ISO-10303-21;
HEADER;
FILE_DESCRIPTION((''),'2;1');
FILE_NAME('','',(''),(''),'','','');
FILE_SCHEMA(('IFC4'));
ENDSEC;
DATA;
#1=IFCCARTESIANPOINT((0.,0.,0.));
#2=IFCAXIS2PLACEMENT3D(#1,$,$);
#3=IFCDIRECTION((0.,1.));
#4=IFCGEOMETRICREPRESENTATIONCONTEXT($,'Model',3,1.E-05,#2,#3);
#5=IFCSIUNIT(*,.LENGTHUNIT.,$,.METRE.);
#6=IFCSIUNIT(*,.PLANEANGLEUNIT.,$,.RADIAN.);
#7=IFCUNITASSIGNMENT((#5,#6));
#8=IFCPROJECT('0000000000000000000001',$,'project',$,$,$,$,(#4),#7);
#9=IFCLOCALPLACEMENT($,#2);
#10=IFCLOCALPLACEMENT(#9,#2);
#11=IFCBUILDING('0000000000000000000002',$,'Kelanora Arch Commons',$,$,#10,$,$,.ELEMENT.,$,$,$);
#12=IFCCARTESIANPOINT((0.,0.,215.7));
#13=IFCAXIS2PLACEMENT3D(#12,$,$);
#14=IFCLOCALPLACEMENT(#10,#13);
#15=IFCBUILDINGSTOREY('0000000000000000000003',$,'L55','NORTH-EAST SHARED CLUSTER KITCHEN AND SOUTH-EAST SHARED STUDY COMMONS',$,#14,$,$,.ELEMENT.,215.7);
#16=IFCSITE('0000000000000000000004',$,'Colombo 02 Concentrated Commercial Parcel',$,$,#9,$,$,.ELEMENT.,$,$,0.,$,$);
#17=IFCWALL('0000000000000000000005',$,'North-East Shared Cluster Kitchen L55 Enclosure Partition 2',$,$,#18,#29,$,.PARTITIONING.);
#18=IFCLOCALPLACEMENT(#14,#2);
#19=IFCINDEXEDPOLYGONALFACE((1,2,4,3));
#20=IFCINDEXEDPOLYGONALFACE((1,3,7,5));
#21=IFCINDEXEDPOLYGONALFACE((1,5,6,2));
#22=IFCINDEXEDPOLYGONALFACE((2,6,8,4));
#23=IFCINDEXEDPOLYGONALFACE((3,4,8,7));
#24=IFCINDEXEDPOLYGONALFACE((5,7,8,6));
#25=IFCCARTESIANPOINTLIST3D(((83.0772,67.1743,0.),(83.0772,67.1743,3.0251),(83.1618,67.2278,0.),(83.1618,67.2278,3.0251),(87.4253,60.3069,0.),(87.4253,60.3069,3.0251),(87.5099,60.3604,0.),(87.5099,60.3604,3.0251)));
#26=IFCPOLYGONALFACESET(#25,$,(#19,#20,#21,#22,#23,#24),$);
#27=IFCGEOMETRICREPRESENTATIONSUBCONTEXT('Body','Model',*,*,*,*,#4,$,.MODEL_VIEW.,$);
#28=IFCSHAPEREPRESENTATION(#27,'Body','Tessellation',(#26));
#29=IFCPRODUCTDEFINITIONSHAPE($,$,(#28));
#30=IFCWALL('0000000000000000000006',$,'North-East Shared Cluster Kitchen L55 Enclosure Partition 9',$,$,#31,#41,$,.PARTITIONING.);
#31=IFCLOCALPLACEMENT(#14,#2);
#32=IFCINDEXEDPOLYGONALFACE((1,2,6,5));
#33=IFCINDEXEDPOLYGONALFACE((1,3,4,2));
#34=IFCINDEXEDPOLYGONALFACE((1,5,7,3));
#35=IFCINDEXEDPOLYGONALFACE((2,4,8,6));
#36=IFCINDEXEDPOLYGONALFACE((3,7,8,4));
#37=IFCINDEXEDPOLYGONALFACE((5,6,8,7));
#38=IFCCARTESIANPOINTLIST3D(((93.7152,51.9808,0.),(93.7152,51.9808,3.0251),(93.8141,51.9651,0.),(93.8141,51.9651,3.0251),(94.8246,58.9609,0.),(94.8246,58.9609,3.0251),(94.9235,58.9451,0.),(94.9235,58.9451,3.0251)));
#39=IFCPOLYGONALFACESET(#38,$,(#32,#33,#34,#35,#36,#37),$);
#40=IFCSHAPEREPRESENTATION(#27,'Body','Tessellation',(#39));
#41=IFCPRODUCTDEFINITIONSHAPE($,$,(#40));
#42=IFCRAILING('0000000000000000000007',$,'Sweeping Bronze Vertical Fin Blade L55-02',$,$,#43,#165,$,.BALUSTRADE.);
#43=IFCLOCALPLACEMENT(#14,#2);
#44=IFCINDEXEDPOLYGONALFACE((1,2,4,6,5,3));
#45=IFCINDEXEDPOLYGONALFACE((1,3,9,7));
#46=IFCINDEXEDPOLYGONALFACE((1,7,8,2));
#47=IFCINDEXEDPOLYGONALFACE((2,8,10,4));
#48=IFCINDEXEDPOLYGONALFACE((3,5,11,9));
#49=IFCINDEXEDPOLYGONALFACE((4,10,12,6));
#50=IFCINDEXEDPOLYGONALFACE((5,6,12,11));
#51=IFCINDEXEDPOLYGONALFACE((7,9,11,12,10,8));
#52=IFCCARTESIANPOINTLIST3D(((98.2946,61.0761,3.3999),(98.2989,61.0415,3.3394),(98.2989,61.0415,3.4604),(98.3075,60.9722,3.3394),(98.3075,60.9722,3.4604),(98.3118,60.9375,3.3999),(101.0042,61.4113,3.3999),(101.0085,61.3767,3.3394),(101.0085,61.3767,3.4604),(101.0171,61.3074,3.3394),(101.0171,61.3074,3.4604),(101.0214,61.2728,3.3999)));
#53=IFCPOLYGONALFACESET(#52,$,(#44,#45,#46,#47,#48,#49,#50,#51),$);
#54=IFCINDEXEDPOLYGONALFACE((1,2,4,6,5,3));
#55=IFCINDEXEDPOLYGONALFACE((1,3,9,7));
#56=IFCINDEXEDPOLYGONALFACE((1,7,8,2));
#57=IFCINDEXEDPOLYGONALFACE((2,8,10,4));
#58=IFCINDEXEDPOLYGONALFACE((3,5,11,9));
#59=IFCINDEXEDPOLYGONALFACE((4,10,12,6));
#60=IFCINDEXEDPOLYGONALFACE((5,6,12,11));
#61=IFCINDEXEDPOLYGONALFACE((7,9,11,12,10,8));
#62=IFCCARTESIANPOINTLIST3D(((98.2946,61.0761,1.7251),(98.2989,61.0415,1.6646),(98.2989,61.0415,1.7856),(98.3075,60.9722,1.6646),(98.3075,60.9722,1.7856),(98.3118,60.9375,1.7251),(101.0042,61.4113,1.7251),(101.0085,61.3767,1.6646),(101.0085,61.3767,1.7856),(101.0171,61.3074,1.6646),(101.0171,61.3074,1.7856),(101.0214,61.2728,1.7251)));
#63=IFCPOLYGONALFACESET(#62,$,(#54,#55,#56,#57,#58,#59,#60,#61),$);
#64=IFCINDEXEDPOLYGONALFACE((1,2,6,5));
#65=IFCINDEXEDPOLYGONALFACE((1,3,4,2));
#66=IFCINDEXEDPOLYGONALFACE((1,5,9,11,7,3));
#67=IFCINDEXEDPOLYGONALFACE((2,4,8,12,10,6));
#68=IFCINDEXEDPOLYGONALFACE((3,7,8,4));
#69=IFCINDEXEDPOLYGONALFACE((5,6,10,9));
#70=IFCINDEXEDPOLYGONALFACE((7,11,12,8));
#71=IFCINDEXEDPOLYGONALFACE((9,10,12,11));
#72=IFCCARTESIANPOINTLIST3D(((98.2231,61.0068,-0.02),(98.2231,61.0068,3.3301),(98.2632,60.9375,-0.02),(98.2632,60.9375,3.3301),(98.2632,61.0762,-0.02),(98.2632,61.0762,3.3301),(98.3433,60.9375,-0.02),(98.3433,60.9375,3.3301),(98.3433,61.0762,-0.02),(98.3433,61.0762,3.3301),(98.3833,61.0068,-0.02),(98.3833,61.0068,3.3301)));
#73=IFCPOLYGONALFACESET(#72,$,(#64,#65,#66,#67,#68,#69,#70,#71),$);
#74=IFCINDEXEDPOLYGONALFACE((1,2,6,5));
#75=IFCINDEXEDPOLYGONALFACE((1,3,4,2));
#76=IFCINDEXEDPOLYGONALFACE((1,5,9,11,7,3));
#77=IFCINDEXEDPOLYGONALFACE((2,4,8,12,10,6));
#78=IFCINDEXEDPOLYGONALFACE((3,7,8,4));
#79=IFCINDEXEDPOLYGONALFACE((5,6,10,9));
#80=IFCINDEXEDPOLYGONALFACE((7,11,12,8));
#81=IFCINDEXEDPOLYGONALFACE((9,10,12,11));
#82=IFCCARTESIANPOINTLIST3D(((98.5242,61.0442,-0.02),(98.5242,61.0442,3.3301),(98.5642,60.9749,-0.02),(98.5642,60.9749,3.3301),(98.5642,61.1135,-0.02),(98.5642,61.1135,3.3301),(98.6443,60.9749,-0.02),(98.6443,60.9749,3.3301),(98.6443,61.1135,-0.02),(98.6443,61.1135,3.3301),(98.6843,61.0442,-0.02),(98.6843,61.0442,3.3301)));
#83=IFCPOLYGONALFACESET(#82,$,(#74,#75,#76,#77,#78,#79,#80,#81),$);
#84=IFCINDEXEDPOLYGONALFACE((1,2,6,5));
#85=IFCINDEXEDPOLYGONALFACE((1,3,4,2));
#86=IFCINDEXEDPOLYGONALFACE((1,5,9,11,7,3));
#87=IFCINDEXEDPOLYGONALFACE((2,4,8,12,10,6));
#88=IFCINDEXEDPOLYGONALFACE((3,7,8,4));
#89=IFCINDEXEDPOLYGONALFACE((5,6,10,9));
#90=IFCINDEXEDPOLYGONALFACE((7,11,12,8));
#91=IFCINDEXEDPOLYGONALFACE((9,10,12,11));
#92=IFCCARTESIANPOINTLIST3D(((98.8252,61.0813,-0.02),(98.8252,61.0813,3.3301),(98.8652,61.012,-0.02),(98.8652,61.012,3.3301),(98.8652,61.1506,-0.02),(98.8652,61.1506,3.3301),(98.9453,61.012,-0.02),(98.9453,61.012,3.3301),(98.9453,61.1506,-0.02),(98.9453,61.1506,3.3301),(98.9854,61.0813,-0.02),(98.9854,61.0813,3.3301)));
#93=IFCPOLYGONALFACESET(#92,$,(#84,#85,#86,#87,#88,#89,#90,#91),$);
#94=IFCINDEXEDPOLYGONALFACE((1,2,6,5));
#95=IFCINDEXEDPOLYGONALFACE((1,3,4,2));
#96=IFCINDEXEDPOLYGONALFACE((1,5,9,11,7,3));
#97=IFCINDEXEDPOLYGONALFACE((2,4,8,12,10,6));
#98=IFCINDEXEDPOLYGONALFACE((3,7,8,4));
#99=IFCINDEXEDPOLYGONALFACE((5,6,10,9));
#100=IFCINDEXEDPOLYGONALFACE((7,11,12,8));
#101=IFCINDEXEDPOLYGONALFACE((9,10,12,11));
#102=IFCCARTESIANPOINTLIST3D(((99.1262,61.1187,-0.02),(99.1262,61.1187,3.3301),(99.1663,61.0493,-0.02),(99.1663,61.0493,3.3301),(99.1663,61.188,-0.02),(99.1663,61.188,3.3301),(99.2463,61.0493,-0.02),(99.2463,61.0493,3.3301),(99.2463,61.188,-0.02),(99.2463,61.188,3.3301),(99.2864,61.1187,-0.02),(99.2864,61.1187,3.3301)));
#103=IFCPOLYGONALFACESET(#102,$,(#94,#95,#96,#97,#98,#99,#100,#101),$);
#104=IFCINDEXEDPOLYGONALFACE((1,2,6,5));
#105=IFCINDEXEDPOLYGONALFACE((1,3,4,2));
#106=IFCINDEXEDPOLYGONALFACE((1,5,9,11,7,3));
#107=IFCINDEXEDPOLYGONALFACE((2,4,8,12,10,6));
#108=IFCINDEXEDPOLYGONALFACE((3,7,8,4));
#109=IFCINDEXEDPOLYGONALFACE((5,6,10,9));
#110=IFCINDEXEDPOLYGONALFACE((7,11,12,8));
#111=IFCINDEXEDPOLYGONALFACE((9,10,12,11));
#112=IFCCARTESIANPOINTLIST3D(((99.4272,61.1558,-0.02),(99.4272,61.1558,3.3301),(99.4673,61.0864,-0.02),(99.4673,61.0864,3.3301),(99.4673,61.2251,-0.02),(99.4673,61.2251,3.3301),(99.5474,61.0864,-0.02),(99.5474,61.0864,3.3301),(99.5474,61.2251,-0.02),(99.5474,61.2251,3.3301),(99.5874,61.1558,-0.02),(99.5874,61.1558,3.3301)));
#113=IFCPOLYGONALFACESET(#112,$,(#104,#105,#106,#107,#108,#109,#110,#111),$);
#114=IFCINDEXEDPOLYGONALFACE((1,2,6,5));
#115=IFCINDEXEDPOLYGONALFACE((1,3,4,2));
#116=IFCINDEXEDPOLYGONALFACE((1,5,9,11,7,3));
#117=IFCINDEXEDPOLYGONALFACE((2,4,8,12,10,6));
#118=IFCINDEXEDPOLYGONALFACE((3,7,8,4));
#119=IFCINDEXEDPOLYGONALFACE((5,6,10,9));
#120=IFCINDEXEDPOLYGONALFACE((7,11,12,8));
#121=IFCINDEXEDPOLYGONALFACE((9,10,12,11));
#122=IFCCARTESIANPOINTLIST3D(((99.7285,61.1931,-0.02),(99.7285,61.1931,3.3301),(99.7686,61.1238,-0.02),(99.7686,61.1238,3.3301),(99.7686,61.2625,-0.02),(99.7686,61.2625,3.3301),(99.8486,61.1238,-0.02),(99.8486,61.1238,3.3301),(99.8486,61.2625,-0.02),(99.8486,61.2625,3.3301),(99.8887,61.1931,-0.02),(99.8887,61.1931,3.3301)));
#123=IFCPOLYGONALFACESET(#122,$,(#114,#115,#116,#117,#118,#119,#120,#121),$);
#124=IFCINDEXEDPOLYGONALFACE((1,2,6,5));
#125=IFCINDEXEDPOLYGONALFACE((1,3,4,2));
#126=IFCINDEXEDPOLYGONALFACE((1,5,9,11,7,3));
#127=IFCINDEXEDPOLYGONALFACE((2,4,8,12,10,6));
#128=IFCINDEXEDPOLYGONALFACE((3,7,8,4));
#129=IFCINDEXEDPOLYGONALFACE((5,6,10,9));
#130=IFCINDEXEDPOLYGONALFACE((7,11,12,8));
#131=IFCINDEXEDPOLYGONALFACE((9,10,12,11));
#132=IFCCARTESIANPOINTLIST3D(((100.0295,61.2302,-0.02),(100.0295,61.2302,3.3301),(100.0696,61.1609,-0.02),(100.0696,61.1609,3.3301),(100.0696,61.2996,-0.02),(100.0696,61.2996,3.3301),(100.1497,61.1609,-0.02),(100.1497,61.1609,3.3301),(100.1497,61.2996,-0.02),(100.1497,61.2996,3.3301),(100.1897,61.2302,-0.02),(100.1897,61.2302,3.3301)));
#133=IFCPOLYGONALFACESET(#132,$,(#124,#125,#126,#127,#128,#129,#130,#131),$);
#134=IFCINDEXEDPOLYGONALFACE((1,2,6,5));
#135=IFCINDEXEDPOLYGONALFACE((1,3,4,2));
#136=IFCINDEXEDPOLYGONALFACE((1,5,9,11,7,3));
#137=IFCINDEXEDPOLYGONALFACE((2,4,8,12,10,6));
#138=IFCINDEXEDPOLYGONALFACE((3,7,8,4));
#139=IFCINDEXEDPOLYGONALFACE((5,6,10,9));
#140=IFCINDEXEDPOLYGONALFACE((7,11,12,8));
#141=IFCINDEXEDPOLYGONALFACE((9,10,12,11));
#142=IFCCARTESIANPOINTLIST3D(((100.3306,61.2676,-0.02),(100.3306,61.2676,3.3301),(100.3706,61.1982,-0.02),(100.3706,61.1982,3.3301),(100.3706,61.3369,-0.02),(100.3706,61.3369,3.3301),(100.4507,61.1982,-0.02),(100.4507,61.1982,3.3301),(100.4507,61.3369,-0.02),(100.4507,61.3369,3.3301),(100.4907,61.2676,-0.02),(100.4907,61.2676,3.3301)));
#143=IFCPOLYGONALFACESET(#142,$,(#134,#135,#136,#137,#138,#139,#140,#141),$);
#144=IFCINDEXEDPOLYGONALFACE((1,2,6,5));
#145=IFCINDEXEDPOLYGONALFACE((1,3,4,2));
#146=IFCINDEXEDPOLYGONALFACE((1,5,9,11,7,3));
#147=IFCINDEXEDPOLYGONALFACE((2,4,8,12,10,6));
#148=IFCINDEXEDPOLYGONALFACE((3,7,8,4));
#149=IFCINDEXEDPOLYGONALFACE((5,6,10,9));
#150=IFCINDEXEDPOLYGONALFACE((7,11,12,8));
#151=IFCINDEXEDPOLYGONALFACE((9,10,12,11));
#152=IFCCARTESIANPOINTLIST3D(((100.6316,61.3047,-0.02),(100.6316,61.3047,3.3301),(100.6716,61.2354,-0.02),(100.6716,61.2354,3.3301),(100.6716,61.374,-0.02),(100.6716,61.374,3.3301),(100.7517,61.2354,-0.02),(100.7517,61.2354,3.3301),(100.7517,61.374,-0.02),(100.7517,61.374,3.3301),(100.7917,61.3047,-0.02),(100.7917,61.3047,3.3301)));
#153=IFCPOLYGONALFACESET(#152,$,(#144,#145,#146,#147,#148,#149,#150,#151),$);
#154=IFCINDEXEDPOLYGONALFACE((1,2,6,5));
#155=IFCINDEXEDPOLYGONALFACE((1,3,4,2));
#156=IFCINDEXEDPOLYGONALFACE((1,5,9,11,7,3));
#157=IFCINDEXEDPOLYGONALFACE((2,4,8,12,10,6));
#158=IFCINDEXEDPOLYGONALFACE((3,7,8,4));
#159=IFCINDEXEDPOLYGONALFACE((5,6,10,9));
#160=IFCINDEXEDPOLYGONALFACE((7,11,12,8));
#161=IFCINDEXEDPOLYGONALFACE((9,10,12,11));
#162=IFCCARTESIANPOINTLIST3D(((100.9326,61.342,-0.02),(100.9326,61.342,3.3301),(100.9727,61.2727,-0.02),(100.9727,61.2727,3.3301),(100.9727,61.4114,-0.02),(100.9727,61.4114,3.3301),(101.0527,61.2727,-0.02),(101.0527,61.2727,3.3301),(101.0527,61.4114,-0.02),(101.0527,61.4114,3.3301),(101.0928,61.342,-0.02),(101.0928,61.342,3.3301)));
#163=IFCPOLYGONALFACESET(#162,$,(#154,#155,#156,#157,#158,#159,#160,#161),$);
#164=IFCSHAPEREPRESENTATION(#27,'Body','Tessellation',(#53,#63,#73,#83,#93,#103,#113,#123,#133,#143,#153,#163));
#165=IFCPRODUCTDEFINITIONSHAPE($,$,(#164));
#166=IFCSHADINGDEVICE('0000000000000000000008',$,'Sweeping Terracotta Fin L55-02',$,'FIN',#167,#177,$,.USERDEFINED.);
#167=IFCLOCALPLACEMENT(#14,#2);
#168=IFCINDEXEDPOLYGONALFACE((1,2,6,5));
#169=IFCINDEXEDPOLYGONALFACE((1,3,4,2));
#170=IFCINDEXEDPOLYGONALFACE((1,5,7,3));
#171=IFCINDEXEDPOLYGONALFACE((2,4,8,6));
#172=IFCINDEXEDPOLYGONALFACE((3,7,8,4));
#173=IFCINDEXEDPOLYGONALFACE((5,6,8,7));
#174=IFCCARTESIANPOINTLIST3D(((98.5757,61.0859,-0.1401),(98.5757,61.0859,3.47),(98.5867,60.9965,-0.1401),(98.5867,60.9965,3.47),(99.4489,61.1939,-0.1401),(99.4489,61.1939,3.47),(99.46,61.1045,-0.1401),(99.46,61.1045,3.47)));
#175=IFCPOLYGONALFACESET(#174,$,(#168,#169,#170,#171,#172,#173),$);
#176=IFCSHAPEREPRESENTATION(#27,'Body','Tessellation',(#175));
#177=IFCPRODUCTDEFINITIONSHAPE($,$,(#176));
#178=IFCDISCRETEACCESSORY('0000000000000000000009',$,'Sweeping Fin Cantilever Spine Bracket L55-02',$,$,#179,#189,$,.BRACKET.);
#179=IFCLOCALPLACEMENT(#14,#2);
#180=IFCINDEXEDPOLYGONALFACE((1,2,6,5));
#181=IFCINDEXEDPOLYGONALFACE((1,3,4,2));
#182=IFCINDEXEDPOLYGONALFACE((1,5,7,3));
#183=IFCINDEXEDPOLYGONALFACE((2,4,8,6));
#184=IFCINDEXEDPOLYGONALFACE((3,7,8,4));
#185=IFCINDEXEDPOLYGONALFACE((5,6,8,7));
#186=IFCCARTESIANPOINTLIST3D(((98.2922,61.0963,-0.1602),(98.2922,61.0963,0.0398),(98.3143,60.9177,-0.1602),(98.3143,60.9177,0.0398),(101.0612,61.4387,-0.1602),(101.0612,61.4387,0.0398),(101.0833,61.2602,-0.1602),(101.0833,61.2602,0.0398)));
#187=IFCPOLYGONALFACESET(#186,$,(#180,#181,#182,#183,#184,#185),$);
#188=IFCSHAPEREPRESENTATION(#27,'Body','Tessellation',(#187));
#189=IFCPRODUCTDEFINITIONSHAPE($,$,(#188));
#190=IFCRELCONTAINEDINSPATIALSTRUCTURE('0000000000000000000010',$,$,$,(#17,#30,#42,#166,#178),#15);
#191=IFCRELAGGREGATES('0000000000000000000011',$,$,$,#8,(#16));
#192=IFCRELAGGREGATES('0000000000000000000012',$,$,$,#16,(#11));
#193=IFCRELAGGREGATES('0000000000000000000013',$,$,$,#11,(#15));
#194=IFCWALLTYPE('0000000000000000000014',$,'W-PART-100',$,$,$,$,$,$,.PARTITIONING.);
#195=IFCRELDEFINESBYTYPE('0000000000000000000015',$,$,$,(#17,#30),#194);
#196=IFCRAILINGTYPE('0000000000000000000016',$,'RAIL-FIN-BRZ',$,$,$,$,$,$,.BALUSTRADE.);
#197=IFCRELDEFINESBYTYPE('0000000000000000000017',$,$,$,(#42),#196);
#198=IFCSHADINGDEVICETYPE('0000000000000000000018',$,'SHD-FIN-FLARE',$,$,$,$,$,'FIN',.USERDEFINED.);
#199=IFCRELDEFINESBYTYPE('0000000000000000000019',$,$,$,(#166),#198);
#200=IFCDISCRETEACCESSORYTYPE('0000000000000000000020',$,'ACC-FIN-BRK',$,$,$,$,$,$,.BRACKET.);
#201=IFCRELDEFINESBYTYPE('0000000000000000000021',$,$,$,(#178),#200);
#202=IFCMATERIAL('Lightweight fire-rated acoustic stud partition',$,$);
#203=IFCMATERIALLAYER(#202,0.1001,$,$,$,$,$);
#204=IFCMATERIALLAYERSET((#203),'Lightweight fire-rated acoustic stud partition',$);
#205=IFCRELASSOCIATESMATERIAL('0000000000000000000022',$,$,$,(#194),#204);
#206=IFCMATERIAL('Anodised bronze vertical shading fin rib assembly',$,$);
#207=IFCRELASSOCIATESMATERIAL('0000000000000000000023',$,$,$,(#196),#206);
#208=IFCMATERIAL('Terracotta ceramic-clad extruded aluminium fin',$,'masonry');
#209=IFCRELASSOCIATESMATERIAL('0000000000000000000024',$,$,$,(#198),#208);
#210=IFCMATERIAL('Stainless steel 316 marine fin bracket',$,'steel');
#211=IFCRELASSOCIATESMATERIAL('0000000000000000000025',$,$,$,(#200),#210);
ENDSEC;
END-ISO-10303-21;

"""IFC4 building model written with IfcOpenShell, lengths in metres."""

from ifc_helpers import new_model, si_unit, direction, frame, frame_2d, origin, origin_2d, place, context, subcontext, project, spatial, polyline, rectangle, outline, extrude, source, transform, mapped, material, layer, layer_set, type_object, element, save


model = new_model("IFC4")

# Units and contexts
model_context = context("Model", 3, precision=1e-05, world=origin(), true_north=direction((0.0, 1.0)))
body_context = subcontext(model_context, "Body", "Model", "MODEL_VIEW")
ifc_project = project(units=[si_unit("LENGTHUNIT", "METRE"), si_unit("PLANEANGLEUNIT", "RADIAN")], contexts=[model_context])

# Site, building, storey
site_placement = place(None, origin())
site = spatial("IfcSite", under=ifc_project, at=site_placement, Name="Colombo 02 Concentrated Commercial Parcel", CompositionType="ELEMENT", RefElevation=0.0)
building_placement = place(site_placement, origin())
building = spatial("IfcBuilding", under=site, at=building_placement, Name="Kelanora Arch Commons", CompositionType="ELEMENT")
storey_placement = place(building_placement, frame((0.0, 0.0, 215.7)))
storey = spatial("IfcBuildingStorey", under=building, at=storey_placement, Name="L55", Description="NORTH-EAST SHARED CLUSTER KITCHEN AND SOUTH-EAST SHARED STUDY COMMONS", CompositionType="ELEMENT", Elevation=215.7)

# Walls
ifc_material_1 = material(Name="Lightweight fire-rated acoustic stud partition")
ifc_layer_1 = layer(ifc_material_1, 0.1001)
ifc_layer_set_1 = layer_set([ifc_layer_1], Name="Lightweight fire-rated acoustic stud partition")
wall_type = type_object("IfcWallType", Name="W-PART-100", PredefinedType="PARTITIONING", material=ifc_layer_set_1)
wall_1_placement = place(storey_placement, frame((87.4675, 60.3337, 0.0), z_axis=(0.0, 0.0, 1.0), x_axis=(-0.534944, 0.844887, 0.0)))
element("IfcWall", 1, at=wall_1_placement, inside=storey, type_object=wall_type, Name="North-East Shared Cluster Kitchen L55 Enclosure Partition 2", PredefinedType="PARTITIONING", context=body_context, shape_type="SweptSolid", body=[
    extrude(rectangle(XDim=8.1282, YDim=0.1001, at=frame_2d((4.064, 0.0))), origin(), (0.0, 0.0, 1.0), 3.0251),
])
wall_2_placement = place(storey_placement, frame((94.874, 58.9529, 0.0), z_axis=(0.0, 0.0, 1.0), x_axis=(-0.156967, -0.987604, 0.0)))
element("IfcWall", 2, at=wall_2_placement, inside=storey, type_object=wall_type, Name="North-East Shared Cluster Kitchen L55 Enclosure Partition 9", PredefinedType="PARTITIONING", context=body_context, shape_type="SweptSolid", body=[
    extrude(rectangle(XDim=7.0676, YDim=0.1001, at=frame_2d((3.5337, 0.0))), origin(), (0.0, 0.0, 1.0), 3.0251),
])

# Railing
ifc_material_2 = material(Name="Anodised bronze vertical shading fin rib assembly")
railing_type_1 = type_object("IfcRailingType", Name="RAIL-FIN-BRZ", PredefinedType="BALUSTRADE", material=ifc_material_2)
railing_1_placement = place(storey_placement, frame((98.3032, 61.0068, -0.02)))
element("IfcRailing", 3, at=railing_1_placement, inside=storey, type_object=railing_type_1, Name="Sweeping Bronze Vertical Fin Blade L55-02", PredefinedType="BALUSTRADE", context=body_context, shape_type="SweptSolid", body=[
    extrude(outline(polyline([(0.0698, 0.0), (0.0349, 0.0605), (-0.0349, 0.0605), (-0.0698, 0.0), (-0.0349, -0.0605), (0.0349, -0.0605), (0.0698, 0.0)])), frame((0.0, 0.0, 3.4199), z_axis=(0.992434, 0.12278, 0.0), x_axis=(-0.12278, 0.992434, 0.0)), (0.0, 0.0, 1.0), 2.7302),
    extrude(outline(polyline([(0.0698, 0.0), (0.0349, 0.0605), (-0.0349, 0.0605), (-0.0698, 0.0), (-0.0349, -0.0605), (0.0349, -0.0605), (0.0698, 0.0)])), frame((0.0, 0.0, 1.7451), z_axis=(0.992434, 0.12278, 0.0), x_axis=(-0.12278, 0.992434, 0.0)), (0.0, 0.0, 1.0), 2.7302),
    extrude(outline(polyline([(0.0801, 0.0), (0.04, 0.0693), (-0.04, 0.0693), (-0.0801, 0.0), (-0.04, -0.0693), (0.04, -0.0693), (0.0801, 0.0)])), origin(), (0.0, 0.0, 1.0), 3.3501),
    extrude(outline(polyline([(0.0801, 0.0), (0.04, 0.0693), (-0.04, 0.0693), (-0.0801, 0.0), (-0.04, -0.0693), (0.04, -0.0693), (0.0801, 0.0)])), frame((0.301, 0.0374, 0.0)), (0.0, 0.0, 1.0), 3.3501),
    extrude(outline(polyline([(0.0801, 0.0), (0.04, 0.0693), (-0.04, 0.0693), (-0.0801, 0.0), (-0.04, -0.0693), (0.04, -0.0693), (0.0801, 0.0)])), frame((0.6021, 0.0745, 0.0)), (0.0, 0.0, 1.0), 3.3501),
    extrude(outline(polyline([(0.0801, 0.0), (0.04, 0.0693), (-0.04, 0.0693), (-0.0801, 0.0), (-0.04, -0.0693), (0.04, -0.0693), (0.0801, 0.0)])), frame((0.9031, 0.1118, 0.0)), (0.0, 0.0, 1.0), 3.3501),
    extrude(outline(polyline([(0.0801, 0.0), (0.04, 0.0693), (-0.04, 0.0693), (-0.0801, 0.0), (-0.04, -0.0693), (0.04, -0.0693), (0.0801, 0.0)])), frame((1.2041, 0.1489, 0.0)), (0.0, 0.0, 1.0), 3.3501),
    extrude(outline(polyline([(0.0801, 0.0), (0.04, 0.0693), (-0.04, 0.0693), (-0.0801, 0.0), (-0.04, -0.0693), (0.04, -0.0693), (0.0801, 0.0)])), frame((1.5054, 0.1863, 0.0)), (0.0, 0.0, 1.0), 3.3501),
    extrude(outline(polyline([(0.0801, 0.0), (0.04, 0.0693), (-0.04, 0.0693), (-0.0801, 0.0), (-0.04, -0.0693), (0.04, -0.0693), (0.0801, 0.0)])), frame((1.8064, 0.2234, 0.0)), (0.0, 0.0, 1.0), 3.3501),
    extrude(outline(polyline([(0.0801, 0.0), (0.04, 0.0693), (-0.04, 0.0693), (-0.0801, 0.0), (-0.04, -0.0693), (0.04, -0.0693), (0.0801, 0.0)])), frame((2.1074, 0.2607, 0.0)), (0.0, 0.0, 1.0), 3.3501),
    extrude(outline(polyline([(0.0801, 0.0), (0.04, 0.0693), (-0.04, 0.0693), (-0.0801, 0.0), (-0.04, -0.0693), (0.04, -0.0693), (0.0801, 0.0)])), frame((2.4084, 0.2979, 0.0)), (0.0, 0.0, 1.0), 3.3501),
    extrude(outline(polyline([(0.0801, 0.0), (0.04, 0.0693), (-0.04, 0.0693), (-0.0801, 0.0), (-0.04, -0.0693), (0.04, -0.0693), (0.0801, 0.0)])), frame((2.7095, 0.3352, 0.0)), (0.0, 0.0, 1.0), 3.3501),
])

# Shading device
ifc_material_3 = material(Name="Terracotta ceramic-clad extruded aluminium fin", Category="masonry")
shading_device_type = type_object("IfcShadingDeviceType", Name="SHD-FIN-FLARE", ElementType="FIN", PredefinedType="USERDEFINED", material=ifc_material_3)
shared_shape_1 = source(origin(), body_context, "Body", "SweptSolid", [
    extrude(rectangle(XDim=0.8799, YDim=0.0901, at=origin_2d()), origin(), (0.0, 0.0, 1.0), 3.6101),
])
shading_device_placement = place(storey_placement, frame((99.0178, 61.0952, -0.1401), z_axis=(0.0, 0.0, 1.0), x_axis=(0.992439, 0.122735, 0.0)))
element("IfcShadingDevice", 4, at=shading_device_placement, inside=storey, type_object=shading_device_type, Name="Sweeping Terracotta Fin L55-02", ObjectType="FIN", PredefinedType="USERDEFINED", context=body_context, shape_type="MappedRepresentation", body=[
    mapped(shared_shape_1, transform((0.0, 0.0, 0.0), scale=1.0)),
])

# Discrete accessory
ifc_material_4 = material(Name="Stainless steel 316 marine fin bracket", Category="steel")
discrete_accessory_type = type_object("IfcDiscreteAccessoryType", Name="ACC-FIN-BRK", PredefinedType="BRACKET", material=ifc_material_4)
shared_shape_2 = source(origin(), body_context, "Body", "SweptSolid", [
    extrude(rectangle(XDim=2.79, YDim=0.1799, at=origin_2d()), origin(), (0.0, 0.0, 1.0), 0.2),
])
discrete_accessory_placement = place(storey_placement, frame((99.6877, 61.1782, -0.1602), z_axis=(0.0, 0.0, 1.0), x_axis=(0.992439, 0.122735, 0.0)))
element("IfcDiscreteAccessory", 5, at=discrete_accessory_placement, inside=storey, type_object=discrete_accessory_type, Name="Sweeping Fin Cantilever Spine Bracket L55-02", PredefinedType="BRACKET", context=body_context, shape_type="MappedRepresentation", body=[
    mapped(shared_shape_2, transform((0.0, 0.0, 0.0), scale=1.0)),
])

save(model, "model.ifc")
